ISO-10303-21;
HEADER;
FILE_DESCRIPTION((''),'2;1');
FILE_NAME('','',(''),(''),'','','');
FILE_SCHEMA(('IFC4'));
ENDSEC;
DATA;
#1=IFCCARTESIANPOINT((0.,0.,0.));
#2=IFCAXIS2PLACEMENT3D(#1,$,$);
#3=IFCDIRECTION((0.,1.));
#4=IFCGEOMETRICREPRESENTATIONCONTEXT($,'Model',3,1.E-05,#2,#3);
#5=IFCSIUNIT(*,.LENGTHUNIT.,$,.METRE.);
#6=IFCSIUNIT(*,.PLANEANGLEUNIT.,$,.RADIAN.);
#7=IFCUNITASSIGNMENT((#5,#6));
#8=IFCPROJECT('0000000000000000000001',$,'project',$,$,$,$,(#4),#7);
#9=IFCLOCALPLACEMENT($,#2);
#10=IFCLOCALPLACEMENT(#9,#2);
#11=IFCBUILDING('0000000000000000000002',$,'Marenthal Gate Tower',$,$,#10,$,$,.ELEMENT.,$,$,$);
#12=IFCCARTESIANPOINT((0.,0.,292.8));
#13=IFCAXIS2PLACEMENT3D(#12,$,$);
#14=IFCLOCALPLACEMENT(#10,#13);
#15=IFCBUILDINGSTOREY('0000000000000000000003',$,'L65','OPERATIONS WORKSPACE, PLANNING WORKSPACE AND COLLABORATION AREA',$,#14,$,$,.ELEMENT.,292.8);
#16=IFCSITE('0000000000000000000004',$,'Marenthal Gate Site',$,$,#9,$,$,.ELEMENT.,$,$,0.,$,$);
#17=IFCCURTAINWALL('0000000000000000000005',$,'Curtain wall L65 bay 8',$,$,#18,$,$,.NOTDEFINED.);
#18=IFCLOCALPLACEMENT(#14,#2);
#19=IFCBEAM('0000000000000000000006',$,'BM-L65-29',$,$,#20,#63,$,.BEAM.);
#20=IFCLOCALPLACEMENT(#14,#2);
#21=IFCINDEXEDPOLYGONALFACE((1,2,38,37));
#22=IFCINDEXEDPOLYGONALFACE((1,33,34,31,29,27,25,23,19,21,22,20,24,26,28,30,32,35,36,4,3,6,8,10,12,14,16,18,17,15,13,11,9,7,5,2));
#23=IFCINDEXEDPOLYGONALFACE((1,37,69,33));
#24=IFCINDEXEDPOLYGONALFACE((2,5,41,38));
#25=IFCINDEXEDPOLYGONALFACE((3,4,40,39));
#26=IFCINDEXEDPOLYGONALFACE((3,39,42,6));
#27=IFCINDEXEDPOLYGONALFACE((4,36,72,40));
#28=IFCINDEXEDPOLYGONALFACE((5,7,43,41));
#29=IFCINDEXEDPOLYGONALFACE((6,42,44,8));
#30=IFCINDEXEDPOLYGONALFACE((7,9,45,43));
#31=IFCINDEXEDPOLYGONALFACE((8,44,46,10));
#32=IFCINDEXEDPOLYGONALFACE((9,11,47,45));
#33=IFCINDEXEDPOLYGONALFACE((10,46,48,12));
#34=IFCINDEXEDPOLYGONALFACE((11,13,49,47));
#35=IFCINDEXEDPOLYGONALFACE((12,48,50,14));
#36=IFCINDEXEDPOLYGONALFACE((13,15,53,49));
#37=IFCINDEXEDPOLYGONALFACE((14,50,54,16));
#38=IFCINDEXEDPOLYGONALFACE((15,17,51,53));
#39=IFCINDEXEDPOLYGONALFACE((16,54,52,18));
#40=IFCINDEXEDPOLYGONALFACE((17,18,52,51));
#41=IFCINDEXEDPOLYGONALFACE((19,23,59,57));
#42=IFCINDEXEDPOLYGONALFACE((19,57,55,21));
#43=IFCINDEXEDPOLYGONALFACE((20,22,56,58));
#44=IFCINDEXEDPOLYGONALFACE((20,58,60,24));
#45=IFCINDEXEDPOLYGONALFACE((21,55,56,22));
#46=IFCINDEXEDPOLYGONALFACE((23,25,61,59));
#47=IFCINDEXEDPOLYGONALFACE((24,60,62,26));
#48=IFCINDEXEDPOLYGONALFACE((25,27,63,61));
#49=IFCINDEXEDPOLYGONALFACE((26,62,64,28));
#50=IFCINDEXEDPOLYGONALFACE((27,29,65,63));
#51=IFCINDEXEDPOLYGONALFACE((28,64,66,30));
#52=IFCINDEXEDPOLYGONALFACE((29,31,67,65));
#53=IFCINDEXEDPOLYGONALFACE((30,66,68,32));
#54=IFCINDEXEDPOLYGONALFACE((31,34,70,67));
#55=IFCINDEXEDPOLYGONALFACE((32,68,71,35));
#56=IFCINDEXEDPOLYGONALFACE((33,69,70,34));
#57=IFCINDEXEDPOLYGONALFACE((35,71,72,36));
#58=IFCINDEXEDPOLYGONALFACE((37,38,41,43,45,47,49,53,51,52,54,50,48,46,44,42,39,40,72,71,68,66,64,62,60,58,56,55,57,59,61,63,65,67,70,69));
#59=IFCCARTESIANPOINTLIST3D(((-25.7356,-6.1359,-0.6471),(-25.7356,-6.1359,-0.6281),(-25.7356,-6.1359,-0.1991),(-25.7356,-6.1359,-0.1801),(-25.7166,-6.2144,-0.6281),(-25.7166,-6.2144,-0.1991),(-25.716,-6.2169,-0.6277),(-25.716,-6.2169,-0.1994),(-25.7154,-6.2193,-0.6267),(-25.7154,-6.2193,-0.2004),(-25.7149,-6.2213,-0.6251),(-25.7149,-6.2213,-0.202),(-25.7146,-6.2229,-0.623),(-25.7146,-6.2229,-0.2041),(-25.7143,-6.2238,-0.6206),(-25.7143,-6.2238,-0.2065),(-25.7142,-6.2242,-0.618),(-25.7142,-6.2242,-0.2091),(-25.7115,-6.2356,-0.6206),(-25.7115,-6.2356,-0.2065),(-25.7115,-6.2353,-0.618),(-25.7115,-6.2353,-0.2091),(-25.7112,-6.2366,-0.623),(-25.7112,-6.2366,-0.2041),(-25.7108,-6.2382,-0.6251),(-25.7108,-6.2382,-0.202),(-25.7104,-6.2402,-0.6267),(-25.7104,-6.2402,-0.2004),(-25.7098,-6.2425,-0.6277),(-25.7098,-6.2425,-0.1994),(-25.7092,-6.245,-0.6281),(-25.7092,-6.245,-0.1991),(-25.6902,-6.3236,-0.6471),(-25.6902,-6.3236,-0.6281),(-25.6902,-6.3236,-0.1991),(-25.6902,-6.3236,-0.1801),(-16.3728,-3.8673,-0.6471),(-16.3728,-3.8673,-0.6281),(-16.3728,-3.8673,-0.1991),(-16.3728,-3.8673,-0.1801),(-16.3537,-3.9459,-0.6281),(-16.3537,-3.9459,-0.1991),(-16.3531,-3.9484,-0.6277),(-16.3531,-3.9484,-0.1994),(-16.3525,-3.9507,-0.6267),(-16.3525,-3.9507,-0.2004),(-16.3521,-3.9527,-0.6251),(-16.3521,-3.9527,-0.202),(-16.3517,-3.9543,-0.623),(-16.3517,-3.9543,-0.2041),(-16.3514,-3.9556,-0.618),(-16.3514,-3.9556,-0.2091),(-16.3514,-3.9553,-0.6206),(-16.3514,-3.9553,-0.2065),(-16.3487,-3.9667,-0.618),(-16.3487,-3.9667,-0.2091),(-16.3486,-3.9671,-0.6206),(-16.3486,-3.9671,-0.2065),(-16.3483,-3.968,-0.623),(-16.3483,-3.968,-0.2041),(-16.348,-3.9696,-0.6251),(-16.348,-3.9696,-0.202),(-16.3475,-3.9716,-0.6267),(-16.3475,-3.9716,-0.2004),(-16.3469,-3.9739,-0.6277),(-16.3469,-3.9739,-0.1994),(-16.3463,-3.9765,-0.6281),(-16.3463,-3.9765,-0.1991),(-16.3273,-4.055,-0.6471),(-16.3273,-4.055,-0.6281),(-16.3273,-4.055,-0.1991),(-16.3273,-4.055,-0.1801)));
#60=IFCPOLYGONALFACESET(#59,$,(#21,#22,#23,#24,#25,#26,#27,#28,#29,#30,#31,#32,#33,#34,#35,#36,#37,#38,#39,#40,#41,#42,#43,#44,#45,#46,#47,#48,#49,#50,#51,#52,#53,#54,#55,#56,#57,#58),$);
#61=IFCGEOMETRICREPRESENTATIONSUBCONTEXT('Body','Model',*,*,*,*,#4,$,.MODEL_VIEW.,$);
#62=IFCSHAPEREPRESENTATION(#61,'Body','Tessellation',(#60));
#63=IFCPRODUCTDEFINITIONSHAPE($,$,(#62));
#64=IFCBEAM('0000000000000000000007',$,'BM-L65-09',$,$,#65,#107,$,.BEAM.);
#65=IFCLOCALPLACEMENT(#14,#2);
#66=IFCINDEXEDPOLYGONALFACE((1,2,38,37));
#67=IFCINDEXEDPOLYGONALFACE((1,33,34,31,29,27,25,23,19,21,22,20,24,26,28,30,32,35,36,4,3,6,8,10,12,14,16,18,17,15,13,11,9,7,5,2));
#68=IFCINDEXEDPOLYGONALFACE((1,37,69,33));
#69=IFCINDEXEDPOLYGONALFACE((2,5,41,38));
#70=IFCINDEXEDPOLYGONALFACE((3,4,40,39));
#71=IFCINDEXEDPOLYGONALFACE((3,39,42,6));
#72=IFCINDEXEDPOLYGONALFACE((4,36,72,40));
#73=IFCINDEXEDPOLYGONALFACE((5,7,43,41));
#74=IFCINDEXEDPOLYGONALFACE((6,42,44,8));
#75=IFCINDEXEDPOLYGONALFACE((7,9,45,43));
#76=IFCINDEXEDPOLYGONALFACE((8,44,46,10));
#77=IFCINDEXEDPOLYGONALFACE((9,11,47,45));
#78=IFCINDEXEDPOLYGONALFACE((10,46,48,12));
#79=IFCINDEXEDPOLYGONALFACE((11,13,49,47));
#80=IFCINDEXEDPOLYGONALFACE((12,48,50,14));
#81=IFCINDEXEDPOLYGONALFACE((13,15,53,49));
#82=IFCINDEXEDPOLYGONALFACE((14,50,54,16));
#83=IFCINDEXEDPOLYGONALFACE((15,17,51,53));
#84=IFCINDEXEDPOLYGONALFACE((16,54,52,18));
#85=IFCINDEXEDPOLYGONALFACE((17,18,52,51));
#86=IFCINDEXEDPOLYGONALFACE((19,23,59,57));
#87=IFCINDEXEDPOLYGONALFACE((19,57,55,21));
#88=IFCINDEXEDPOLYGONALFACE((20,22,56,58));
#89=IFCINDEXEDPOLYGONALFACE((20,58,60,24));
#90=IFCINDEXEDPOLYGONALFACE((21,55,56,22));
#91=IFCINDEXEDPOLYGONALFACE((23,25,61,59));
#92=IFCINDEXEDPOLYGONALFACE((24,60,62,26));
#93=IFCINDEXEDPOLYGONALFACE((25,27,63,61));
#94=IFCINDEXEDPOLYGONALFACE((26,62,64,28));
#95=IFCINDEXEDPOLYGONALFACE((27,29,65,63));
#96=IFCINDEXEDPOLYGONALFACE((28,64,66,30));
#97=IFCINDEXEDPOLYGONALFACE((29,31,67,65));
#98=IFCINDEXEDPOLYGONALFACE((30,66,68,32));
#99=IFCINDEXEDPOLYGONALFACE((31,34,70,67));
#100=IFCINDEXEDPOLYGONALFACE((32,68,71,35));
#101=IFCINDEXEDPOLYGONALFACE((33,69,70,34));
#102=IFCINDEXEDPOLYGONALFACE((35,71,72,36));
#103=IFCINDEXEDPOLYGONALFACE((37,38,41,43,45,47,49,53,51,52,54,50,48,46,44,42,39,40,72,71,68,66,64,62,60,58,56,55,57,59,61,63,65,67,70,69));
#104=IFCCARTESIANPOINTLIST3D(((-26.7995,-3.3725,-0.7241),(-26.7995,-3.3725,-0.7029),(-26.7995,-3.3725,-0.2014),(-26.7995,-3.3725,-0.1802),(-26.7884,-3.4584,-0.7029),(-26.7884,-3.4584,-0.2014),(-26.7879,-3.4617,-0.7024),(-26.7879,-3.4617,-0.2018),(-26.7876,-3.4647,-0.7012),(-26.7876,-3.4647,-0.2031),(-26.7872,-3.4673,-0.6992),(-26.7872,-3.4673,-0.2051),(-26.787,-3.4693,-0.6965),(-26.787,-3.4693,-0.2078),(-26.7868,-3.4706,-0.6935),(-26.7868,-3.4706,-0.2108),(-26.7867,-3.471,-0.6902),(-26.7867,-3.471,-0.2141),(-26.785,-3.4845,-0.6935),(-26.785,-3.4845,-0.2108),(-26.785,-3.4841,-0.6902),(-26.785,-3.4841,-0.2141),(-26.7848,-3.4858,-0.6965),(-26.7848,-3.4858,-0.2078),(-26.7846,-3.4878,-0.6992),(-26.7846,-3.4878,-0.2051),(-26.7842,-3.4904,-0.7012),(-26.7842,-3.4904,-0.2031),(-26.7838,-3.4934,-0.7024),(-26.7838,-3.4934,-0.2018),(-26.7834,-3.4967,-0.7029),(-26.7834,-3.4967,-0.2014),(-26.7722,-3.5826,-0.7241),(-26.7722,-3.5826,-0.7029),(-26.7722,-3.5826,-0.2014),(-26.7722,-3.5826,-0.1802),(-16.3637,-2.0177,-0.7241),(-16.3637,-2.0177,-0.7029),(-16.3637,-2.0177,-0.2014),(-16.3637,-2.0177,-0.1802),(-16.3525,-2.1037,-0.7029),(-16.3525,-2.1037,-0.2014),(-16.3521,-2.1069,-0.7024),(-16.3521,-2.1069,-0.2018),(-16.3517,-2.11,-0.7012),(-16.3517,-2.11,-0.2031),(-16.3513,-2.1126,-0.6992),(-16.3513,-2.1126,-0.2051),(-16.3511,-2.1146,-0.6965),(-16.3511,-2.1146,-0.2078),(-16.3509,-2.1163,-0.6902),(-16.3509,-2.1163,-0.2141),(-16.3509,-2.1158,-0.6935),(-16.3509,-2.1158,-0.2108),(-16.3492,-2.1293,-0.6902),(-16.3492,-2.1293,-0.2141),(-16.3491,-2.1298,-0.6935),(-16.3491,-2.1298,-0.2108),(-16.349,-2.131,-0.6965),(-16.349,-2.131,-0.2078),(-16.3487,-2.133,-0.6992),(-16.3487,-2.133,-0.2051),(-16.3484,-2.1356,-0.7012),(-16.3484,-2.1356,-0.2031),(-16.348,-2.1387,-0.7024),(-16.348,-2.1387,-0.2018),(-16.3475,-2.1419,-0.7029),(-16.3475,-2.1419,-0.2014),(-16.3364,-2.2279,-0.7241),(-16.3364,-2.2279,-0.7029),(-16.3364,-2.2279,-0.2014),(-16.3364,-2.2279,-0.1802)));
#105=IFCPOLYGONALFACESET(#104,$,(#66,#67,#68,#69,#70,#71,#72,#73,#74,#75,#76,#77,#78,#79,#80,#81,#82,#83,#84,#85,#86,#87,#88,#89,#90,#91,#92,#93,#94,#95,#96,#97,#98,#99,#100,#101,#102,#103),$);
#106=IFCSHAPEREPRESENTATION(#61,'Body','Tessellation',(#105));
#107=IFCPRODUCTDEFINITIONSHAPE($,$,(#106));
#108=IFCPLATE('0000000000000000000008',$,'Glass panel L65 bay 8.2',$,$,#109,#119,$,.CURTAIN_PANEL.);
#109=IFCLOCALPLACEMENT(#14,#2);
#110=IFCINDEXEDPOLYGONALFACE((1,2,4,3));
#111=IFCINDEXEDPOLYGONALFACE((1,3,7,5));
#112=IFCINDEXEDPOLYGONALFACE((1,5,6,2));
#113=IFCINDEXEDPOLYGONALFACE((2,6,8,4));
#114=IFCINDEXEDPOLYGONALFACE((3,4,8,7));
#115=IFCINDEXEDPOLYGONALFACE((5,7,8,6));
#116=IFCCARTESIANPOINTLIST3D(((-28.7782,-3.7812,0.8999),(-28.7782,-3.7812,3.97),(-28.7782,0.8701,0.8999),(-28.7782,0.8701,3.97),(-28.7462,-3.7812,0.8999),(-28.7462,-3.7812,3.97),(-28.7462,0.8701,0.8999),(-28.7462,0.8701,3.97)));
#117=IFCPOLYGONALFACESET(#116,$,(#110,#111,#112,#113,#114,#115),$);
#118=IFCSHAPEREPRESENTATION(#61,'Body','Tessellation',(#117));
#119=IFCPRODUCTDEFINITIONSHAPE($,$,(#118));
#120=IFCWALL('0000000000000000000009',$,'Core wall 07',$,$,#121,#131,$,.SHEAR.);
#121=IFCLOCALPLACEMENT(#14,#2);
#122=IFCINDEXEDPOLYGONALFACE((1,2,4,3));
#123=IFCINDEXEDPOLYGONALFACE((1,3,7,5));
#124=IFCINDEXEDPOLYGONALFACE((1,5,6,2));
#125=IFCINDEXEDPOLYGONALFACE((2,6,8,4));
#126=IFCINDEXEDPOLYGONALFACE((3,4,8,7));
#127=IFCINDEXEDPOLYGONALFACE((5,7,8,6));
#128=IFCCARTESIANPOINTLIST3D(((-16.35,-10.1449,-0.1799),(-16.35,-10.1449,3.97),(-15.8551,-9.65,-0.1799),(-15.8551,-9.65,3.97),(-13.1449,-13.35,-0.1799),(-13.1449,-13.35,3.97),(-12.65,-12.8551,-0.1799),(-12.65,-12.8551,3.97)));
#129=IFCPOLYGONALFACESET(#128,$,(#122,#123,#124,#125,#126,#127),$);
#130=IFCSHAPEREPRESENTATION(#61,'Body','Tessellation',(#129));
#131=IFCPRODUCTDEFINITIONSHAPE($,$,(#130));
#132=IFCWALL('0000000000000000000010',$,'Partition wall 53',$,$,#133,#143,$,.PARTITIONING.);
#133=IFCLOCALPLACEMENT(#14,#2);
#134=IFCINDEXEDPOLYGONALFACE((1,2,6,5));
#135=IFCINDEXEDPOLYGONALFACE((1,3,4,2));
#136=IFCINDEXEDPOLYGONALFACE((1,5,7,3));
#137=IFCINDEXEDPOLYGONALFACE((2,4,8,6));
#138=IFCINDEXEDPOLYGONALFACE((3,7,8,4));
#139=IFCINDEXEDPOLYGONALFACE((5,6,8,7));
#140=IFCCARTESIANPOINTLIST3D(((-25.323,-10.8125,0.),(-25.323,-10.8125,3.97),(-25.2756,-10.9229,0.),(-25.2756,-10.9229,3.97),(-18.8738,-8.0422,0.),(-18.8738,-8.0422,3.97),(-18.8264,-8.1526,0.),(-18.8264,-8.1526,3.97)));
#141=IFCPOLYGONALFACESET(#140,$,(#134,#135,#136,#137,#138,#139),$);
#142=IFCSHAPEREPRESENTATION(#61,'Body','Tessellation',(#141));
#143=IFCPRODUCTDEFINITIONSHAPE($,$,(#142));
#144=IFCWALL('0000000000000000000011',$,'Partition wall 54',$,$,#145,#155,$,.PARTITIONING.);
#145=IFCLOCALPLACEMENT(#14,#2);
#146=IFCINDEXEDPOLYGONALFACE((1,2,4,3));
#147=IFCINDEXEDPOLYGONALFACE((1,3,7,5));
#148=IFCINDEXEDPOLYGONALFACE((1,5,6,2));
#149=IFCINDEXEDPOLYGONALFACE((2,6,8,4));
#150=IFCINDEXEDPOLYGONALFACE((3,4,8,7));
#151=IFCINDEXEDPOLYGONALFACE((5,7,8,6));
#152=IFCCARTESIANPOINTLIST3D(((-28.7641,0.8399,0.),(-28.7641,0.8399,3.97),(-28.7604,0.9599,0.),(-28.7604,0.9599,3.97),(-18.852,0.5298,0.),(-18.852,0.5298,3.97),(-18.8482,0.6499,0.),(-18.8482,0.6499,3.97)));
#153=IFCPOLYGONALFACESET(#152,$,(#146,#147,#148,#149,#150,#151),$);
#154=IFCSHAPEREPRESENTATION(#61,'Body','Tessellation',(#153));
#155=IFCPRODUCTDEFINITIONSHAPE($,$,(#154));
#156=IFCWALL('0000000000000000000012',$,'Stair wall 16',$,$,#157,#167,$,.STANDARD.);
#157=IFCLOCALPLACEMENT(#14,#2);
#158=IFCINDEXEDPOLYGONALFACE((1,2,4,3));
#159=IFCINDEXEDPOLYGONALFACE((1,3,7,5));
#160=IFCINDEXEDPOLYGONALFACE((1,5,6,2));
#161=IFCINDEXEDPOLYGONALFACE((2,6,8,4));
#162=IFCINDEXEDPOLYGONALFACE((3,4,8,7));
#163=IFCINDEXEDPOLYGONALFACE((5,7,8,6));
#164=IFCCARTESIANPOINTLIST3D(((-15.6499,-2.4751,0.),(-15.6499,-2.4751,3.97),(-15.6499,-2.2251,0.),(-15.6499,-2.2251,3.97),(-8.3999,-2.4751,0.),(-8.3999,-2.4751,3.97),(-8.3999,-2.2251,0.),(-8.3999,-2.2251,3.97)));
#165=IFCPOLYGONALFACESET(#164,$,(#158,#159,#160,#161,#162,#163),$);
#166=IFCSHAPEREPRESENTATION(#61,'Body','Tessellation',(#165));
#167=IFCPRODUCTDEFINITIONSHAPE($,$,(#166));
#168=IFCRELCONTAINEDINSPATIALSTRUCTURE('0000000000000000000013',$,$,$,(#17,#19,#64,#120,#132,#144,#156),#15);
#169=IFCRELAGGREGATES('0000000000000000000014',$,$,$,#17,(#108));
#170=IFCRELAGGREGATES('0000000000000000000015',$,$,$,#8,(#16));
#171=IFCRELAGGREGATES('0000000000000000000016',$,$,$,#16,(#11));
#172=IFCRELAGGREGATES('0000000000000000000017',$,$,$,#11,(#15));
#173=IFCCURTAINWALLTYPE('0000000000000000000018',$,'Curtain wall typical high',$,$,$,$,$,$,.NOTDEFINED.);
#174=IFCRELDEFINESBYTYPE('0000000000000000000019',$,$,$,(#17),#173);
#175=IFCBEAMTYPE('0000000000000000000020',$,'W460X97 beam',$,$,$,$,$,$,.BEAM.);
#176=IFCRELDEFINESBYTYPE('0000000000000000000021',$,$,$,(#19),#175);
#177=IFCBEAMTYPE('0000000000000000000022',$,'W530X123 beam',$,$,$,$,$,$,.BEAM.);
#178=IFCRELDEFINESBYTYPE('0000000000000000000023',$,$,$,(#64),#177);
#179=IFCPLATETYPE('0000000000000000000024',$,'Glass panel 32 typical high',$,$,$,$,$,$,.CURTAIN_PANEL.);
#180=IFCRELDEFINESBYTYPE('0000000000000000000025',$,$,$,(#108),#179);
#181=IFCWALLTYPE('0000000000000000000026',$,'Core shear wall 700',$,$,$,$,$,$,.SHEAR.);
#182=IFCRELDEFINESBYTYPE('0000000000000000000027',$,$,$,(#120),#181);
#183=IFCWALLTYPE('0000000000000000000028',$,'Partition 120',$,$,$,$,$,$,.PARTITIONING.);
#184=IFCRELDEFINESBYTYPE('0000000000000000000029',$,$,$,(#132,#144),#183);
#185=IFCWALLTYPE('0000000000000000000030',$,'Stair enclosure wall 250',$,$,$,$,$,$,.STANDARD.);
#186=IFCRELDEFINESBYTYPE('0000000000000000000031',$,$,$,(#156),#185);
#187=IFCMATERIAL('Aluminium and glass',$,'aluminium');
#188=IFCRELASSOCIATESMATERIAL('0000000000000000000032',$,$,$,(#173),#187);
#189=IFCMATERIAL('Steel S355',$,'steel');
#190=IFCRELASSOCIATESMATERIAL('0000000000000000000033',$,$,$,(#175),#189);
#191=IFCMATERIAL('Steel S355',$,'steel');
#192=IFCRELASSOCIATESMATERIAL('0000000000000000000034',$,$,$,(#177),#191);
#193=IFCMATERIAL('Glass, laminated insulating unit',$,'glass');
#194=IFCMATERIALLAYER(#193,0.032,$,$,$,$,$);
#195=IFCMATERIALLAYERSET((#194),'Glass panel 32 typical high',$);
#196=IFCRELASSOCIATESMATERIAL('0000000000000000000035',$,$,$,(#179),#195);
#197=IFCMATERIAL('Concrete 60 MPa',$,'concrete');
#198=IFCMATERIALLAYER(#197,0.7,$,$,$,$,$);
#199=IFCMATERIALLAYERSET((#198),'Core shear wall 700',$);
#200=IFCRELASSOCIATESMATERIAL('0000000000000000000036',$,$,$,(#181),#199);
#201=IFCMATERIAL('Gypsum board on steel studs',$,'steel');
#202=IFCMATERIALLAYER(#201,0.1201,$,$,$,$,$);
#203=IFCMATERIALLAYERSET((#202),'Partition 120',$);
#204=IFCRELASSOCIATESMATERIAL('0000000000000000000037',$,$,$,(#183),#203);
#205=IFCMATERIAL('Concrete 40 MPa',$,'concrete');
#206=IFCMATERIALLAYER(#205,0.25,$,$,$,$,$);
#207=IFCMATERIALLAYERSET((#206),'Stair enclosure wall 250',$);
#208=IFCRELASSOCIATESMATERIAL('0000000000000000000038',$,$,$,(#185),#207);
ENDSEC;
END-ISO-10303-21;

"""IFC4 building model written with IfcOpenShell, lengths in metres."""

from ifc_helpers import new_model, si_unit, direction, frame, frame_2d, origin, origin_2d, place, context, subcontext, project, spatial, rectangle, i_section, extrude, material, layer, layer_set, material_profile, profile_set, type_object, element, aggregate, save


model = new_model("IFC4")

# Units and contexts
model_context = context("Model", 3, precision=1e-05, world=origin(), true_north=direction((0.0, 1.0)))
body_context = subcontext(model_context, "Body", "Model", "MODEL_VIEW")
ifc_project = project(units=[si_unit("LENGTHUNIT", "METRE"), si_unit("PLANEANGLEUNIT", "RADIAN")], contexts=[model_context])

# Site, building, storey
site_placement = place(None, origin())
site = spatial("IfcSite", under=ifc_project, at=site_placement, Name="Marenthal Gate Site", CompositionType="ELEMENT", RefElevation=0.0)
building_placement = place(site_placement, origin())
building = spatial("IfcBuilding", under=site, at=building_placement, Name="Marenthal Gate Tower", CompositionType="ELEMENT")
storey_placement = place(building_placement, frame((0.0, 0.0, 292.8)))
storey = spatial("IfcBuildingStorey", under=building, at=storey_placement, Name="L65", Description="OPERATIONS WORKSPACE, PLANNING WORKSPACE AND COLLABORATION AREA", CompositionType="ELEMENT", Elevation=292.8)

# Curtain wall
ifc_material_1 = material(Name="Aluminium and glass", Category="aluminium")
curtain_wall_type = type_object("IfcCurtainWallType", Name="Curtain wall typical high", PredefinedType="NOTDEFINED", material=ifc_material_1)
curtain_wall_placement = place(storey_placement, origin())
curtain_wall = element("IfcCurtainWall", 1, at=curtain_wall_placement, inside=storey, type_object=curtain_wall_type, Name="Curtain wall L65 bay 8", PredefinedType="NOTDEFINED")

# Beams
ifc_material_2 = material(Name="Steel S355", Category="steel")
ifc_material_profile_1 = material_profile(ifc_material_2, i_section(OverallWidth=0.1931, OverallDepth=0.467, WebThickness=0.0115, FlangeThickness=0.019, FilletRadius=0.01, at=origin_2d()), Name="W460X97")
ifc_profile_set_1 = profile_set([ifc_material_profile_1], Name="Steel S355")
beam_type_1 = type_object("IfcBeamType", Name="W460X97 beam", PredefinedType="BEAM", material=ifc_profile_set_1)
beam_1_placement = place(storey_placement, frame((-25.7129, -6.2297, -0.4136), z_axis=(0.971879, 0.235481, 0.0), x_axis=(-0.235481, 0.971879, 0.0)))
element("IfcBeam", 2, at=beam_1_placement, inside=storey, type_object=beam_type_1, Name="BM-L65-29", PredefinedType="BEAM", context=body_context, shape_type="SweptSolid", body=[
    extrude(i_section(OverallWidth=0.1931, OverallDepth=0.467, WebThickness=0.0115, FlangeThickness=0.019, FilletRadius=0.01, at=origin_2d()), origin(), (0.0, 0.0, 1.0), 9.6338),
])
ifc_material_3 = material(Name="Steel S355", Category="steel")
ifc_material_profile_2 = material_profile(ifc_material_3, i_section(OverallWidth=0.2119, OverallDepth=0.5439, WebThickness=0.0132, FlangeThickness=0.0212, FilletRadius=0.0127, at=origin_2d()), Name="W530X123")
ifc_profile_set_2 = profile_set([ifc_material_profile_2], Name="Steel S355")
beam_type_2 = type_object("IfcBeamType", Name="W530X123 beam", PredefinedType="BEAM", material=ifc_profile_set_2)
beam_2_placement = place(storey_placement, frame((-26.7859, -3.4775, -0.4521), z_axis=(0.991679, 0.128736, 0.0), x_axis=(-0.128736, 0.991679, 0.0)))
element("IfcBeam", 3, at=beam_2_placement, inside=storey, type_object=beam_type_2, Name="BM-L65-09", PredefinedType="BEAM", context=body_context, shape_type="SweptSolid", body=[
    extrude(i_section(OverallWidth=0.2119, OverallDepth=0.5439, WebThickness=0.0132, FlangeThickness=0.0212, FilletRadius=0.0127, at=origin_2d()), origin(), (0.0, 0.0, 1.0), 10.5234),
])

# Plate
ifc_material_4 = material(Name="Glass, laminated insulating unit", Category="glass")
ifc_layer_1 = layer(ifc_material_4, 0.032)
ifc_layer_set_1 = layer_set([ifc_layer_1], Name="Glass panel 32 typical high")
plate_type = type_object("IfcPlateType", Name="Glass panel 32 typical high", PredefinedType="CURTAIN_PANEL", material=ifc_layer_set_1)
plate_placement = place(storey_placement, frame((-28.7622, -1.4556, 0.8999), z_axis=(0.0, 0.0, 1.0), x_axis=(0.0, -1.0, 0.0)))
plate = element("IfcPlate", 4, at=plate_placement, type_object=plate_type, Name="Glass panel L65 bay 8.2", PredefinedType="CURTAIN_PANEL", context=body_context, shape_type="SweptSolid", body=[
    extrude(rectangle(XDim=4.6514, YDim=0.032, at=origin_2d()), origin(), (0.0, 0.0, 1.0), 3.0701),
])
aggregate(curtain_wall, [plate])

# Walls
ifc_material_5 = material(Name="Concrete 60 MPa", Category="concrete")
ifc_layer_2 = layer(ifc_material_5, 0.7)
ifc_layer_set_2 = layer_set([ifc_layer_2], Name="Core shear wall 700")
wall_type_1 = type_object("IfcWallType", Name="Core shear wall 700", PredefinedType="SHEAR", material=ifc_layer_set_2)
wall_1_placement = place(storey_placement, frame((-16.1025, -9.8975, -0.1799), z_axis=(0.0, 0.0, 1.0), x_axis=(0.707107, -0.707107, 0.0)))
element("IfcWall", 5, at=wall_1_placement, inside=storey, type_object=wall_type_1, Name="Core wall 07", PredefinedType="SHEAR", context=body_context, shape_type="SweptSolid", body=[
    extrude(rectangle(XDim=4.5327, YDim=0.7, at=frame_2d((2.2664, 0.0))), origin(), (0.0, 0.0, 1.0), 4.1499),
])
ifc_material_6 = material(Name="Gypsum board on steel studs", Category="steel")
ifc_layer_3 = layer(ifc_material_6, 0.1201)
ifc_layer_set_3 = layer_set([ifc_layer_3], Name="Partition 120")
wall_type_2 = type_object("IfcWallType", Name="Partition 120", PredefinedType="PARTITIONING", material=ifc_layer_set_3)
wall_2_placement = place(storey_placement, frame((-18.8501, -8.0974, 0.0), z_axis=(0.0, 0.0, 1.0), x_axis=(-0.918819, -0.394679, 0.0)))
element("IfcWall", 6, at=wall_2_placement, inside=storey, type_object=wall_type_2, Name="Partition wall 53", PredefinedType="PARTITIONING", context=body_context, shape_type="SweptSolid", body=[
    extrude(rectangle(XDim=7.019, YDim=0.1201, at=frame_2d((3.5095, 0.0))), origin(), (0.0, 0.0, 1.0), 3.97),
])
wall_3_placement = place(storey_placement, frame((-18.8501, 0.5898, 0.0), z_axis=(0.0, 0.0, 1.0), x_axis=(-0.999511, 0.031265, 0.0)))
element("IfcWall", 7, at=wall_3_placement, inside=storey, type_object=wall_type_2, Name="Partition wall 54", PredefinedType="PARTITIONING", context=body_context, shape_type="SweptSolid", body=[
    extrude(rectangle(XDim=9.917, YDim=0.1201, at=frame_2d((4.9585, 0.0))), origin(), (0.0, 0.0, 1.0), 3.97),
])
ifc_material_7 = material(Name="Concrete 40 MPa", Category="concrete")
ifc_layer_4 = layer(ifc_material_7, 0.25)
ifc_layer_set_4 = layer_set([ifc_layer_4], Name="Stair enclosure wall 250")
wall_type_3 = type_object("IfcWallType", Name="Stair enclosure wall 250", PredefinedType="STANDARD", material=ifc_layer_set_4)
wall_4_placement = place(storey_placement, frame((-15.6499, -2.3501, 0.0), z_axis=(0.0, 0.0, 1.0), x_axis=(1.0, 0.0, 0.0)))
element("IfcWall", 8, at=wall_4_placement, inside=storey, type_object=wall_type_3, Name="Stair wall 16", PredefinedType="STANDARD", context=body_context, shape_type="SweptSolid", body=[
    extrude(rectangle(XDim=7.25, YDim=0.25, at=frame_2d((3.625, 0.0))), origin(), (0.0, 0.0, 1.0), 3.97),
])

save(model, "model.ifc")
